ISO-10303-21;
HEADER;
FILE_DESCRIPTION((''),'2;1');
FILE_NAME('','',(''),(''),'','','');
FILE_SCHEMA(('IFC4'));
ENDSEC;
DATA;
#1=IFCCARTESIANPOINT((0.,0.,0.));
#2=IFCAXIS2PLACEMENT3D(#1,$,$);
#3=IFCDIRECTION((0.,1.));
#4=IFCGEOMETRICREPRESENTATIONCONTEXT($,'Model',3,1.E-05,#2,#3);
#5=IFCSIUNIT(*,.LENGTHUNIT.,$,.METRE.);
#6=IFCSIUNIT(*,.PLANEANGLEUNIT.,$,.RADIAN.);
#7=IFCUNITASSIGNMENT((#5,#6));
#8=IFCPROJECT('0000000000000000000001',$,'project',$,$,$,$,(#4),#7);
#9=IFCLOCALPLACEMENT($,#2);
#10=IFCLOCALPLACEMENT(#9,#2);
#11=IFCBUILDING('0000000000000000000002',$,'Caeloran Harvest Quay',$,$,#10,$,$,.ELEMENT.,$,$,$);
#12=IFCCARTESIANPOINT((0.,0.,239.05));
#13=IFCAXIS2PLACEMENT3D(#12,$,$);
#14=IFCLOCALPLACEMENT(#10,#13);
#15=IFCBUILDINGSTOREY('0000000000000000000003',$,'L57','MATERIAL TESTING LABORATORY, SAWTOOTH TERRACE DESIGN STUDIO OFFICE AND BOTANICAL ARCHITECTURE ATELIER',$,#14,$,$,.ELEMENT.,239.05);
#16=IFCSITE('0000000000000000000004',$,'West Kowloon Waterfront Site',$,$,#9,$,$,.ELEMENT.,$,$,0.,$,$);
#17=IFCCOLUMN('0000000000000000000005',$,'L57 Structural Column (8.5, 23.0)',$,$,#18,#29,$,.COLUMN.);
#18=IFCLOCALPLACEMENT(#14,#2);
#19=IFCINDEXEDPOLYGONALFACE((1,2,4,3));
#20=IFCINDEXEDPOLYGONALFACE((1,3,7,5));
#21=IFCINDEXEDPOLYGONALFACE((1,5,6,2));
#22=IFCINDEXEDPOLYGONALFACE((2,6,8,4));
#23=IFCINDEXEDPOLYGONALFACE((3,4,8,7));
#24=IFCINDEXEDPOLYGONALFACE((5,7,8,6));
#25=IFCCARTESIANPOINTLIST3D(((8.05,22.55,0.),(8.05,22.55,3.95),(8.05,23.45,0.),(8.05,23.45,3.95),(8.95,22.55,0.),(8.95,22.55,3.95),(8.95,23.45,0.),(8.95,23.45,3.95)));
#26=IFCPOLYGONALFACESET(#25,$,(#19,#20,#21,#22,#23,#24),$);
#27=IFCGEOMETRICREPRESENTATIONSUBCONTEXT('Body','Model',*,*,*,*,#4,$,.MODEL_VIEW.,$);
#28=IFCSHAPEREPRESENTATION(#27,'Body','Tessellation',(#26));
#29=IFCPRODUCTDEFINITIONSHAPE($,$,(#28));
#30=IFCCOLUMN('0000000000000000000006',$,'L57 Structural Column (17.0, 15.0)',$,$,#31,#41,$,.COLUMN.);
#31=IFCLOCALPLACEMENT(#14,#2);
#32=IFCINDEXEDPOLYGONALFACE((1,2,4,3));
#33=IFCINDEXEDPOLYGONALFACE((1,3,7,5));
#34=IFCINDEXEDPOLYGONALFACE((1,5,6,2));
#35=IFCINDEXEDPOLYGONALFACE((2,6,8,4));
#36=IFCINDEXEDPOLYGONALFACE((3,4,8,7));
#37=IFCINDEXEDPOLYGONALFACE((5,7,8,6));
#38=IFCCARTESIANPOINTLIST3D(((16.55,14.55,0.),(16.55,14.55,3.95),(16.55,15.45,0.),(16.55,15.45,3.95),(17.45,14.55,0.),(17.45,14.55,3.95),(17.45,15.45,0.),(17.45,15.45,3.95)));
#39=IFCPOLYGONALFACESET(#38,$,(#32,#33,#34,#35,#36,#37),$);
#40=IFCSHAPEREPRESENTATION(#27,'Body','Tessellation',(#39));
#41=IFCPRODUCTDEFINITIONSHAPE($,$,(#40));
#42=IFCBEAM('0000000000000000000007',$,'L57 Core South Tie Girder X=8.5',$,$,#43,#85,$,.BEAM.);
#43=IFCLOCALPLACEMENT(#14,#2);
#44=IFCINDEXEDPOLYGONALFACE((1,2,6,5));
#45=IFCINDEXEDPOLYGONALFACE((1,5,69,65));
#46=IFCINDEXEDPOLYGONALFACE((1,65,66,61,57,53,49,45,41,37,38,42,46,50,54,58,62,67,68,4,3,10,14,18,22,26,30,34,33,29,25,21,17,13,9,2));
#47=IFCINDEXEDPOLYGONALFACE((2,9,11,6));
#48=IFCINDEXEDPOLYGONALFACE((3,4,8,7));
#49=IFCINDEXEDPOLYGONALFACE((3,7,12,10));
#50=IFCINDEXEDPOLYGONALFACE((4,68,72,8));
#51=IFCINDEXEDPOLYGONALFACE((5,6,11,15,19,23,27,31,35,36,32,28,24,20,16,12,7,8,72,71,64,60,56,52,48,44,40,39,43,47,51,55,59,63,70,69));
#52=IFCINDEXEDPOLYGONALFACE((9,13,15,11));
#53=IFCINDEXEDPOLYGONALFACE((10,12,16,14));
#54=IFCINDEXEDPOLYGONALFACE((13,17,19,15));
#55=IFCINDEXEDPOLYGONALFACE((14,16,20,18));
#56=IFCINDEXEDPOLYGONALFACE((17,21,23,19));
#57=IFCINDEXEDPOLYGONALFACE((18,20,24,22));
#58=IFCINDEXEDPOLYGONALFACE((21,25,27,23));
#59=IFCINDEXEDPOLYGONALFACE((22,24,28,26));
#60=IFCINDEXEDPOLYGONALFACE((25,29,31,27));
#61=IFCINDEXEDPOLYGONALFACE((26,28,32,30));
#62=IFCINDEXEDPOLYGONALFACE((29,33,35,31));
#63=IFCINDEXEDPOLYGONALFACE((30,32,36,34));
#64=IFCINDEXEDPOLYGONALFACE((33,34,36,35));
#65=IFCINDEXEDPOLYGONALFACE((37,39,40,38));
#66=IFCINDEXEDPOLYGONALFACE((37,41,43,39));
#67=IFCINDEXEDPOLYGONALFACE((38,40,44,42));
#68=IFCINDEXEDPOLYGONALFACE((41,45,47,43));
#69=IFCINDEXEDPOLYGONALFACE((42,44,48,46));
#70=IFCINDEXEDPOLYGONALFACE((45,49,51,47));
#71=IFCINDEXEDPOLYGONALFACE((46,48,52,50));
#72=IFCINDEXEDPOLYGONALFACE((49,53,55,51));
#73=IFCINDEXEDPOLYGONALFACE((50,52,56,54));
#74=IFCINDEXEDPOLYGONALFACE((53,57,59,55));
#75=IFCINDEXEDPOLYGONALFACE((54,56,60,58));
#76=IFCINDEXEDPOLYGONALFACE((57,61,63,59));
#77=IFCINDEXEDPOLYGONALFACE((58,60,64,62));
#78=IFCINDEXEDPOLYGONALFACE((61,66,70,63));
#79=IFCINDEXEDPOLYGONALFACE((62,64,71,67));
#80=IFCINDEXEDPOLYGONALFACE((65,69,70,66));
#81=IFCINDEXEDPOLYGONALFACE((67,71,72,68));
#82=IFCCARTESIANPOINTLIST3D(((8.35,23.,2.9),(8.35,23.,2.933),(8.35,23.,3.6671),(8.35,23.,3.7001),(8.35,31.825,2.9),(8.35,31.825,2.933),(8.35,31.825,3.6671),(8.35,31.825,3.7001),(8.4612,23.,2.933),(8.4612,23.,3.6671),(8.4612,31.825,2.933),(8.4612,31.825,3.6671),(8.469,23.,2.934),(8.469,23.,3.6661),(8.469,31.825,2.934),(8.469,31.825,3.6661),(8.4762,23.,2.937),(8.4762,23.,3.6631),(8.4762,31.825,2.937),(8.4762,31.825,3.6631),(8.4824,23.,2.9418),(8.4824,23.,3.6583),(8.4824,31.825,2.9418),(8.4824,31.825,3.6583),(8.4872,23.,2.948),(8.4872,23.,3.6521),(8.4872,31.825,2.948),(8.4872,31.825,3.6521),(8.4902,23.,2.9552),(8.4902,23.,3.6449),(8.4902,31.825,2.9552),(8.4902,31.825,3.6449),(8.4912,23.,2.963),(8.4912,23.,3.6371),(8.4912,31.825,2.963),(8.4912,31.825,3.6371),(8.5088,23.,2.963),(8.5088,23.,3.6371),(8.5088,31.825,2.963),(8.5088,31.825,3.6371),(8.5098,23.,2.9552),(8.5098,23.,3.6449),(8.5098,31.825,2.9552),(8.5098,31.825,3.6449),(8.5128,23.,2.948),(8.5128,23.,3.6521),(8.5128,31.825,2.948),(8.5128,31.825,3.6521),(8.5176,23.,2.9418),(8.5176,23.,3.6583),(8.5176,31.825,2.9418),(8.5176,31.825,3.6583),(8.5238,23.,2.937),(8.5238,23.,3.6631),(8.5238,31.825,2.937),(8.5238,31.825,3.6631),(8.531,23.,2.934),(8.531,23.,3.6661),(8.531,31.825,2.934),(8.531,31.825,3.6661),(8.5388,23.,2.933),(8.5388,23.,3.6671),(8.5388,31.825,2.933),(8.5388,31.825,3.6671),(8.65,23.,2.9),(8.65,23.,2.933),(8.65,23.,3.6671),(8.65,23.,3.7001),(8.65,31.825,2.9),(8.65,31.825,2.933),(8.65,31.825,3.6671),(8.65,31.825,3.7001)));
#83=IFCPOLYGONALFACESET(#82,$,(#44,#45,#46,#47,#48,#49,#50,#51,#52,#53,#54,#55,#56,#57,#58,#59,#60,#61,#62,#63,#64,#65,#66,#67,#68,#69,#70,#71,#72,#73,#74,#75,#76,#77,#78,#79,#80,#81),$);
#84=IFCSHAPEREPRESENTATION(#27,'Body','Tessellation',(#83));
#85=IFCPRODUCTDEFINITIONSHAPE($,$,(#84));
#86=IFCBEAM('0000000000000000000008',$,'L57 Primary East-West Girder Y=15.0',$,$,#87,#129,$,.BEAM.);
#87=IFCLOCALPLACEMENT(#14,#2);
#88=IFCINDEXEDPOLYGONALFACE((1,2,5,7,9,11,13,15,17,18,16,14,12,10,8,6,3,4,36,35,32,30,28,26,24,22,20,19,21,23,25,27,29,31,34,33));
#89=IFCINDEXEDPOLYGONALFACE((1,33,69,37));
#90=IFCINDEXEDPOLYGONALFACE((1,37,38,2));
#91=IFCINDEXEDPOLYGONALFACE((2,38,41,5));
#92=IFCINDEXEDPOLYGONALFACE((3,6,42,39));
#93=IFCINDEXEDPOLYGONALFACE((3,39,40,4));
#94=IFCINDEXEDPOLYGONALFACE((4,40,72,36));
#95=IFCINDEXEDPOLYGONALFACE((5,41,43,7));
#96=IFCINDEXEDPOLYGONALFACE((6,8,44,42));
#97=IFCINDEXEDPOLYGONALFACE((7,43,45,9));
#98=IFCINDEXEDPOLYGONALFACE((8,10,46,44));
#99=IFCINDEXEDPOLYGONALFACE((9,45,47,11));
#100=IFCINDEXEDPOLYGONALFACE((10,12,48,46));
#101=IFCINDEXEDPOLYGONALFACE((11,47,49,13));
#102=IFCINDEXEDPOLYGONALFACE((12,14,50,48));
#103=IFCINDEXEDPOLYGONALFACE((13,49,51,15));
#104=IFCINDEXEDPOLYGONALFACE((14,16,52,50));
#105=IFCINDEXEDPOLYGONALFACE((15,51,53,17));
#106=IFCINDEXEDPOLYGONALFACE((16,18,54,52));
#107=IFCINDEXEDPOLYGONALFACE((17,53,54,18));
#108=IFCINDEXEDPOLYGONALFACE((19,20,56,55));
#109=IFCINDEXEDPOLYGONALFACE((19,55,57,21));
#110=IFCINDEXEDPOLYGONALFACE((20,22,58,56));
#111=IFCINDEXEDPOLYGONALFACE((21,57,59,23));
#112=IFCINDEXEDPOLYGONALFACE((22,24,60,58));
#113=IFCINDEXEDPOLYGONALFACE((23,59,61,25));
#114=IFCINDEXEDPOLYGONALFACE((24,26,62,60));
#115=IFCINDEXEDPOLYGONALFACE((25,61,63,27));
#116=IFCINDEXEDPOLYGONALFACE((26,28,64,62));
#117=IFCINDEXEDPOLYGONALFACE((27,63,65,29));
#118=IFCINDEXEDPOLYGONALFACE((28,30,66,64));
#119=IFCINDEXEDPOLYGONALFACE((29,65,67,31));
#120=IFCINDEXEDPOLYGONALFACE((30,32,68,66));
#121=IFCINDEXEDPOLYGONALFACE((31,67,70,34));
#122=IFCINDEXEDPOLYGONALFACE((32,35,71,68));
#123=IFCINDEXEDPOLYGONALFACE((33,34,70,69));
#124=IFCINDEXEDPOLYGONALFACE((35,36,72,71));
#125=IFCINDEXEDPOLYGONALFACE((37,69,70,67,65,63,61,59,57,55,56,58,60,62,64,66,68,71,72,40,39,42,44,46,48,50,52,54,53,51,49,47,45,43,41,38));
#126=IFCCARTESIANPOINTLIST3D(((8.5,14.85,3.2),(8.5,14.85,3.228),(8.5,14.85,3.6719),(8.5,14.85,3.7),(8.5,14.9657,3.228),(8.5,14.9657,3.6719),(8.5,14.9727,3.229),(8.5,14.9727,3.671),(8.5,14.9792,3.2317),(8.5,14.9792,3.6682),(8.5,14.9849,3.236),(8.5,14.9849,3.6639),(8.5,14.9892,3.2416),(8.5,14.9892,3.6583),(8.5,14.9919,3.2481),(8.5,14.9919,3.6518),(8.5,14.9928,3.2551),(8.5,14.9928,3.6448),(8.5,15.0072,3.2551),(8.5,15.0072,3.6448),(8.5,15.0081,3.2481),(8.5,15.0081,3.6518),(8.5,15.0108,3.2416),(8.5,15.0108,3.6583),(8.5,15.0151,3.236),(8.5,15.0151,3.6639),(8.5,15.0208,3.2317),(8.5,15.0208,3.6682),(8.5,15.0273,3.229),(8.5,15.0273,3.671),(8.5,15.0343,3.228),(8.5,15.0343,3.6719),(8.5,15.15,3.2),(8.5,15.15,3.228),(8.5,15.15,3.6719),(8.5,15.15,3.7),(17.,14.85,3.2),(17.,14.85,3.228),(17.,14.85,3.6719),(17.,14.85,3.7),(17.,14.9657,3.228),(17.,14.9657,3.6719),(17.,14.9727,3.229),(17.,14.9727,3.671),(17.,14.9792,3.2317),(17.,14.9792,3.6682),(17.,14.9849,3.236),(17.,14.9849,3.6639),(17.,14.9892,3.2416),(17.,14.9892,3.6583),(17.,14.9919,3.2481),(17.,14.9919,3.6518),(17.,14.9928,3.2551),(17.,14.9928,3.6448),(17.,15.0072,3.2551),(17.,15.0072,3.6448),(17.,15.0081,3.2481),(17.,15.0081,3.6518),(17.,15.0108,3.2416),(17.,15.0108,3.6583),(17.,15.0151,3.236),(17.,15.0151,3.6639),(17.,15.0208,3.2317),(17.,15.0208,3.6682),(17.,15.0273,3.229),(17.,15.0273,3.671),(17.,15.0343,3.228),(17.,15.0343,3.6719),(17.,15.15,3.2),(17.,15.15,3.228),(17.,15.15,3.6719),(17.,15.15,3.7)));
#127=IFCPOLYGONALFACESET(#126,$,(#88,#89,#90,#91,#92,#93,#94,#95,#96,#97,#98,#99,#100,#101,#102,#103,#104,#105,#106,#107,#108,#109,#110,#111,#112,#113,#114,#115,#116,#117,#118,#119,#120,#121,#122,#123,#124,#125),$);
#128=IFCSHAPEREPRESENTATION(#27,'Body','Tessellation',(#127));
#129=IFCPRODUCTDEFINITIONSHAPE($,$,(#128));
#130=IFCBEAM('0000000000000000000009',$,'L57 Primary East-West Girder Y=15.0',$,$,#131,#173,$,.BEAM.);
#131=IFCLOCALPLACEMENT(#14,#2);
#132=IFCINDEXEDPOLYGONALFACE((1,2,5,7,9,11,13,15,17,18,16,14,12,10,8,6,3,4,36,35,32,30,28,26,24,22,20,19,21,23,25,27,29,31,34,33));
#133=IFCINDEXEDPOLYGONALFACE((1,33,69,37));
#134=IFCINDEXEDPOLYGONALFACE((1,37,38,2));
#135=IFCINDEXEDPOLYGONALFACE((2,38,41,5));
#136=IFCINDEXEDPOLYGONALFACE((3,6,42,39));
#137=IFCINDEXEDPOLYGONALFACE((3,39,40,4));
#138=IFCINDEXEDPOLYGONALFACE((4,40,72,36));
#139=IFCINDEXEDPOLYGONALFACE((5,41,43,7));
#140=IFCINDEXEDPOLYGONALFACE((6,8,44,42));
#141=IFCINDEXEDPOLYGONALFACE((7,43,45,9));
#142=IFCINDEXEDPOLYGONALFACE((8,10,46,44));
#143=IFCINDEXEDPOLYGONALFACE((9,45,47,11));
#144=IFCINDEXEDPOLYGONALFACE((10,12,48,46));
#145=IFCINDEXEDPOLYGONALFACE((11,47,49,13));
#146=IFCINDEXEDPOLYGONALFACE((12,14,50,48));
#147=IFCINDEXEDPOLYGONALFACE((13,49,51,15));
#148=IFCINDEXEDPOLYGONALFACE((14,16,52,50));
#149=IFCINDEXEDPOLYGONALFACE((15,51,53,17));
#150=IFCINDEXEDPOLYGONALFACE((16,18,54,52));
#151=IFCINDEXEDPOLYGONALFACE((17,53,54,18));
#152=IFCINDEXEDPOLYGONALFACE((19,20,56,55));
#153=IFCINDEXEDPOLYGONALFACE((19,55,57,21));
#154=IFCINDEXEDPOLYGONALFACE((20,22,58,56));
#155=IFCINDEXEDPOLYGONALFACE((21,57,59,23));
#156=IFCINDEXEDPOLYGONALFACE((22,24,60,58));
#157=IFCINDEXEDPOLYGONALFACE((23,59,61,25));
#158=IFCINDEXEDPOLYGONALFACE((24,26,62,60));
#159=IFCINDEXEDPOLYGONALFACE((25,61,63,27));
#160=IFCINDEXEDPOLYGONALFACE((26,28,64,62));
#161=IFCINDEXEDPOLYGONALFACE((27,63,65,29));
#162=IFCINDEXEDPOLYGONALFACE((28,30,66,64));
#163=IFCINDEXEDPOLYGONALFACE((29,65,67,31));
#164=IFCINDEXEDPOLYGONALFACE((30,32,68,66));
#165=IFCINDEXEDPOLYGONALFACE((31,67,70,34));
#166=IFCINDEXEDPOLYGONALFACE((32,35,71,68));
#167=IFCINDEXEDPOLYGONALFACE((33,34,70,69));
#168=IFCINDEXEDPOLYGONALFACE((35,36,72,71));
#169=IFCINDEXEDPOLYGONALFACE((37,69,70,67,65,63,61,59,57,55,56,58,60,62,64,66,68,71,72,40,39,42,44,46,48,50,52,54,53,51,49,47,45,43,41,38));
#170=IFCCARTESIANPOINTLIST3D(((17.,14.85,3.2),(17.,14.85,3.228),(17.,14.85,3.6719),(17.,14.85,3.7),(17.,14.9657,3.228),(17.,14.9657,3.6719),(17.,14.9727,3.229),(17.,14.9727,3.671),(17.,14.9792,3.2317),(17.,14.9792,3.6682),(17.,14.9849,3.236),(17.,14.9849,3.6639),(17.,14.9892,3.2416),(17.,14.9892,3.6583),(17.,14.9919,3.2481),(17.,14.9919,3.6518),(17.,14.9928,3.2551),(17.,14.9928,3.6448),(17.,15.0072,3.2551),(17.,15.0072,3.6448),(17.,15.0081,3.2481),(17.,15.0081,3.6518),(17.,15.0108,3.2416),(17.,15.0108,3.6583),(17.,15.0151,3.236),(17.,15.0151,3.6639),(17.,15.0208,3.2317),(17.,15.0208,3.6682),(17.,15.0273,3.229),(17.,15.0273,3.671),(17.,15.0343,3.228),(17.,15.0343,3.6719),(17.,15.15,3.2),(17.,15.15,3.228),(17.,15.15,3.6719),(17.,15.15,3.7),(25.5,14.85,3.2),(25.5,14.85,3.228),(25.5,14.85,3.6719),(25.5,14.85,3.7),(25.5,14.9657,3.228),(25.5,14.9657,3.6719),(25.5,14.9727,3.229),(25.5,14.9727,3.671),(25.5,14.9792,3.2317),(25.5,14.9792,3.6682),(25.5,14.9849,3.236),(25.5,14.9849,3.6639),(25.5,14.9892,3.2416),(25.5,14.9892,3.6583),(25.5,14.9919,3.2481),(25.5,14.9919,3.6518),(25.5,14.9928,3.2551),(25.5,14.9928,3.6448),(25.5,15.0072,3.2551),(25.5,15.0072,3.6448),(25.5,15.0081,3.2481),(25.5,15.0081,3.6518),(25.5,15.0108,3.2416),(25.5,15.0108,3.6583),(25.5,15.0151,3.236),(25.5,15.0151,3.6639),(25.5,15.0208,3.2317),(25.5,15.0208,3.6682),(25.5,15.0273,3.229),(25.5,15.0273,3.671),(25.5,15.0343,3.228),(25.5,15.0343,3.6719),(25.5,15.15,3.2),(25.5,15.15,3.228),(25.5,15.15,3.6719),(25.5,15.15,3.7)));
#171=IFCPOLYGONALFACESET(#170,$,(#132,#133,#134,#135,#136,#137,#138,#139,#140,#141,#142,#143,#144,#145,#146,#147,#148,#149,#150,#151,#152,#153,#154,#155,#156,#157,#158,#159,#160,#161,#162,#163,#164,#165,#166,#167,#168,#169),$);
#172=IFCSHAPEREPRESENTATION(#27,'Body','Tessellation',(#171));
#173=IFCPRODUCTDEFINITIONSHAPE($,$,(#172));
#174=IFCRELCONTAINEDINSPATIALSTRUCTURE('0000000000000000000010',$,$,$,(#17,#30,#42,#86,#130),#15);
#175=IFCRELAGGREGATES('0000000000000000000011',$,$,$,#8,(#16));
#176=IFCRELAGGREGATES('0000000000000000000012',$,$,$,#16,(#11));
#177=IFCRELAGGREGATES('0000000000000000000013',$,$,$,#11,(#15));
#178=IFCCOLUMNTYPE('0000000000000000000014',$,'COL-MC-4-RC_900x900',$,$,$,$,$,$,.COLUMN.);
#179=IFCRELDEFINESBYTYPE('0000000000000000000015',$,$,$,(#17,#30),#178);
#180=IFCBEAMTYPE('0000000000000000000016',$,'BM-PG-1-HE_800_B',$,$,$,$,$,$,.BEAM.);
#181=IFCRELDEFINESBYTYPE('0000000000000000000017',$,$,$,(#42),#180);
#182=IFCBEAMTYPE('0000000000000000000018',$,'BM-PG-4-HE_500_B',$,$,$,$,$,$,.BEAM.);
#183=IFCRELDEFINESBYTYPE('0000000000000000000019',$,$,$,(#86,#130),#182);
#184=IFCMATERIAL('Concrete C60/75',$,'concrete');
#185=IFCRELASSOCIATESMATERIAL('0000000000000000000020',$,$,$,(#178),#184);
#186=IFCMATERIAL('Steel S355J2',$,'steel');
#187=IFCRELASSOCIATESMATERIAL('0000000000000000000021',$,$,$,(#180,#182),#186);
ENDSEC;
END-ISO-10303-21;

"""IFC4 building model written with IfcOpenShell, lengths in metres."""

from ifc_helpers import new_model, si_unit, direction, frame, origin, origin_2d, place, context, subcontext, project, spatial, rectangle, i_section, extrude, material, material_profile, profile_set, type_object, element, save


model = new_model("IFC4")

# Units and contexts
model_context = context("Model", 3, precision=1e-05, world=origin(), true_north=direction((0.0, 1.0)))
body_context = subcontext(model_context, "Body", "Model", "MODEL_VIEW")
ifc_project = project(units=[si_unit("LENGTHUNIT", "METRE"), si_unit("PLANEANGLEUNIT", "RADIAN")], contexts=[model_context])

# Site, building, storey
site_placement = place(None, origin())
site = spatial("IfcSite", under=ifc_project, at=site_placement, Name="West Kowloon Waterfront Site", CompositionType="ELEMENT", RefElevation=0.0)
building_placement = place(site_placement, origin())
building = spatial("IfcBuilding", under=site, at=building_placement, Name="Caeloran Harvest Quay", CompositionType="ELEMENT")
storey_placement = place(building_placement, frame((0.0, 0.0, 239.05)))
storey = spatial("IfcBuildingStorey", under=building, at=storey_placement, Name="L57", Description="MATERIAL TESTING LABORATORY, SAWTOOTH TERRACE DESIGN STUDIO OFFICE AND BOTANICAL ARCHITECTURE ATELIER", CompositionType="ELEMENT", Elevation=239.05)

# Columns
ifc_material_1 = material(Name="Concrete C60/75", Category="concrete")
ifc_material_profile_1 = material_profile(ifc_material_1, rectangle(XDim=0.8999, YDim=0.8999, at=origin_2d()), Name="RC 900x900")
ifc_profile_set_1 = profile_set([ifc_material_profile_1], Name="Concrete C60/75")
column_type = type_object("IfcColumnType", Name="COL-MC-4-RC_900x900", PredefinedType="COLUMN", material=ifc_profile_set_1)
for number, where, z_axis, x_axis, name in (
    (1, (8.5, 23.0, 0.0), (0.0, 0.0, 1.0), (1.0, 0.0, 0.0), "L57 Structural Column (8.5, 23.0)"),
    (2, (17.0, 15.0, 0.0), (0.0, 0.0, 1.0), (1.0, 0.0, 0.0), "L57 Structural Column (17.0, 15.0)"),
):
    element("IfcColumn", number, at=place(storey_placement, frame(where, z_axis=z_axis, x_axis=x_axis)), inside=storey, type_object=column_type, Name=name, PredefinedType="COLUMN", context=body_context, shape_type="SweptSolid", body=[
        extrude(rectangle(XDim=0.8999, YDim=0.8999, at=origin_2d()), origin(), (0.0, 0.0, 1.0), 3.95),
    ])

# Beams
ifc_material_2 = material(Name="Steel S355J2", Category="steel")
ifc_material_profile_2 = material_profile(ifc_material_2, i_section(OverallWidth=0.3, OverallDepth=0.8, WebThickness=0.0176, FlangeThickness=0.033, FilletRadius=0.03, at=origin_2d()), Name="HE 800 B")
ifc_profile_set_2 = profile_set([ifc_material_profile_2], Name="Steel S355J2")
beam_type_1 = type_object("IfcBeamType", Name="BM-PG-1-HE_800_B", PredefinedType="BEAM", material=ifc_profile_set_2)
beam_1_placement = place(storey_placement, frame((8.5, 23.0, 3.3), z_axis=(0.0, 1.0, 0.0), x_axis=(-1.0, 0.0, 0.0)))
element("IfcBeam", 3, at=beam_1_placement, inside=storey, type_object=beam_type_1, Name="L57 Core South Tie Girder X=8.5", PredefinedType="BEAM", context=body_context, shape_type="SweptSolid", body=[
    extrude(i_section(OverallWidth=0.3, OverallDepth=0.8, WebThickness=0.0176, FlangeThickness=0.033, FilletRadius=0.03, at=origin_2d()), origin(), (0.0, 0.0, 1.0), 8.825),
])
ifc_material_profile_3 = material_profile(ifc_material_2, i_section(OverallWidth=0.3, OverallDepth=0.5, WebThickness=0.0144, FlangeThickness=0.0281, FilletRadius=0.0271, at=origin_2d()), Name="HE 500 B")
ifc_profile_set_3 = profile_set([ifc_material_profile_3], Name="Steel S355J2")
beam_type_2 = type_object("IfcBeamType", Name="BM-PG-4-HE_500_B", PredefinedType="BEAM", material=ifc_profile_set_3)
for number, where, z_axis, x_axis, name in (
    (4, (8.5, 15.0, 3.45), (1.0, 0.0, 0.0), (0.0, 1.0, 0.0), "L57 Primary East-West Girder Y=15.0"),
    (5, (17.0, 15.0, 3.45), (1.0, 0.0, 0.0), (0.0, 1.0, 0.0), "L57 Primary East-West Girder Y=15.0"),
):
    element("IfcBeam", number, at=place(storey_placement, frame(where, z_axis=z_axis, x_axis=x_axis)), inside=storey, type_object=beam_type_2, Name=name, PredefinedType="BEAM", context=body_context, shape_type="SweptSolid", body=[
        extrude(i_section(OverallWidth=0.3, OverallDepth=0.5, WebThickness=0.0144, FlangeThickness=0.0281, FilletRadius=0.0271, at=origin_2d()), origin(), (0.0, 0.0, 1.0), 8.5),
    ])

save(model, "model.ifc")
